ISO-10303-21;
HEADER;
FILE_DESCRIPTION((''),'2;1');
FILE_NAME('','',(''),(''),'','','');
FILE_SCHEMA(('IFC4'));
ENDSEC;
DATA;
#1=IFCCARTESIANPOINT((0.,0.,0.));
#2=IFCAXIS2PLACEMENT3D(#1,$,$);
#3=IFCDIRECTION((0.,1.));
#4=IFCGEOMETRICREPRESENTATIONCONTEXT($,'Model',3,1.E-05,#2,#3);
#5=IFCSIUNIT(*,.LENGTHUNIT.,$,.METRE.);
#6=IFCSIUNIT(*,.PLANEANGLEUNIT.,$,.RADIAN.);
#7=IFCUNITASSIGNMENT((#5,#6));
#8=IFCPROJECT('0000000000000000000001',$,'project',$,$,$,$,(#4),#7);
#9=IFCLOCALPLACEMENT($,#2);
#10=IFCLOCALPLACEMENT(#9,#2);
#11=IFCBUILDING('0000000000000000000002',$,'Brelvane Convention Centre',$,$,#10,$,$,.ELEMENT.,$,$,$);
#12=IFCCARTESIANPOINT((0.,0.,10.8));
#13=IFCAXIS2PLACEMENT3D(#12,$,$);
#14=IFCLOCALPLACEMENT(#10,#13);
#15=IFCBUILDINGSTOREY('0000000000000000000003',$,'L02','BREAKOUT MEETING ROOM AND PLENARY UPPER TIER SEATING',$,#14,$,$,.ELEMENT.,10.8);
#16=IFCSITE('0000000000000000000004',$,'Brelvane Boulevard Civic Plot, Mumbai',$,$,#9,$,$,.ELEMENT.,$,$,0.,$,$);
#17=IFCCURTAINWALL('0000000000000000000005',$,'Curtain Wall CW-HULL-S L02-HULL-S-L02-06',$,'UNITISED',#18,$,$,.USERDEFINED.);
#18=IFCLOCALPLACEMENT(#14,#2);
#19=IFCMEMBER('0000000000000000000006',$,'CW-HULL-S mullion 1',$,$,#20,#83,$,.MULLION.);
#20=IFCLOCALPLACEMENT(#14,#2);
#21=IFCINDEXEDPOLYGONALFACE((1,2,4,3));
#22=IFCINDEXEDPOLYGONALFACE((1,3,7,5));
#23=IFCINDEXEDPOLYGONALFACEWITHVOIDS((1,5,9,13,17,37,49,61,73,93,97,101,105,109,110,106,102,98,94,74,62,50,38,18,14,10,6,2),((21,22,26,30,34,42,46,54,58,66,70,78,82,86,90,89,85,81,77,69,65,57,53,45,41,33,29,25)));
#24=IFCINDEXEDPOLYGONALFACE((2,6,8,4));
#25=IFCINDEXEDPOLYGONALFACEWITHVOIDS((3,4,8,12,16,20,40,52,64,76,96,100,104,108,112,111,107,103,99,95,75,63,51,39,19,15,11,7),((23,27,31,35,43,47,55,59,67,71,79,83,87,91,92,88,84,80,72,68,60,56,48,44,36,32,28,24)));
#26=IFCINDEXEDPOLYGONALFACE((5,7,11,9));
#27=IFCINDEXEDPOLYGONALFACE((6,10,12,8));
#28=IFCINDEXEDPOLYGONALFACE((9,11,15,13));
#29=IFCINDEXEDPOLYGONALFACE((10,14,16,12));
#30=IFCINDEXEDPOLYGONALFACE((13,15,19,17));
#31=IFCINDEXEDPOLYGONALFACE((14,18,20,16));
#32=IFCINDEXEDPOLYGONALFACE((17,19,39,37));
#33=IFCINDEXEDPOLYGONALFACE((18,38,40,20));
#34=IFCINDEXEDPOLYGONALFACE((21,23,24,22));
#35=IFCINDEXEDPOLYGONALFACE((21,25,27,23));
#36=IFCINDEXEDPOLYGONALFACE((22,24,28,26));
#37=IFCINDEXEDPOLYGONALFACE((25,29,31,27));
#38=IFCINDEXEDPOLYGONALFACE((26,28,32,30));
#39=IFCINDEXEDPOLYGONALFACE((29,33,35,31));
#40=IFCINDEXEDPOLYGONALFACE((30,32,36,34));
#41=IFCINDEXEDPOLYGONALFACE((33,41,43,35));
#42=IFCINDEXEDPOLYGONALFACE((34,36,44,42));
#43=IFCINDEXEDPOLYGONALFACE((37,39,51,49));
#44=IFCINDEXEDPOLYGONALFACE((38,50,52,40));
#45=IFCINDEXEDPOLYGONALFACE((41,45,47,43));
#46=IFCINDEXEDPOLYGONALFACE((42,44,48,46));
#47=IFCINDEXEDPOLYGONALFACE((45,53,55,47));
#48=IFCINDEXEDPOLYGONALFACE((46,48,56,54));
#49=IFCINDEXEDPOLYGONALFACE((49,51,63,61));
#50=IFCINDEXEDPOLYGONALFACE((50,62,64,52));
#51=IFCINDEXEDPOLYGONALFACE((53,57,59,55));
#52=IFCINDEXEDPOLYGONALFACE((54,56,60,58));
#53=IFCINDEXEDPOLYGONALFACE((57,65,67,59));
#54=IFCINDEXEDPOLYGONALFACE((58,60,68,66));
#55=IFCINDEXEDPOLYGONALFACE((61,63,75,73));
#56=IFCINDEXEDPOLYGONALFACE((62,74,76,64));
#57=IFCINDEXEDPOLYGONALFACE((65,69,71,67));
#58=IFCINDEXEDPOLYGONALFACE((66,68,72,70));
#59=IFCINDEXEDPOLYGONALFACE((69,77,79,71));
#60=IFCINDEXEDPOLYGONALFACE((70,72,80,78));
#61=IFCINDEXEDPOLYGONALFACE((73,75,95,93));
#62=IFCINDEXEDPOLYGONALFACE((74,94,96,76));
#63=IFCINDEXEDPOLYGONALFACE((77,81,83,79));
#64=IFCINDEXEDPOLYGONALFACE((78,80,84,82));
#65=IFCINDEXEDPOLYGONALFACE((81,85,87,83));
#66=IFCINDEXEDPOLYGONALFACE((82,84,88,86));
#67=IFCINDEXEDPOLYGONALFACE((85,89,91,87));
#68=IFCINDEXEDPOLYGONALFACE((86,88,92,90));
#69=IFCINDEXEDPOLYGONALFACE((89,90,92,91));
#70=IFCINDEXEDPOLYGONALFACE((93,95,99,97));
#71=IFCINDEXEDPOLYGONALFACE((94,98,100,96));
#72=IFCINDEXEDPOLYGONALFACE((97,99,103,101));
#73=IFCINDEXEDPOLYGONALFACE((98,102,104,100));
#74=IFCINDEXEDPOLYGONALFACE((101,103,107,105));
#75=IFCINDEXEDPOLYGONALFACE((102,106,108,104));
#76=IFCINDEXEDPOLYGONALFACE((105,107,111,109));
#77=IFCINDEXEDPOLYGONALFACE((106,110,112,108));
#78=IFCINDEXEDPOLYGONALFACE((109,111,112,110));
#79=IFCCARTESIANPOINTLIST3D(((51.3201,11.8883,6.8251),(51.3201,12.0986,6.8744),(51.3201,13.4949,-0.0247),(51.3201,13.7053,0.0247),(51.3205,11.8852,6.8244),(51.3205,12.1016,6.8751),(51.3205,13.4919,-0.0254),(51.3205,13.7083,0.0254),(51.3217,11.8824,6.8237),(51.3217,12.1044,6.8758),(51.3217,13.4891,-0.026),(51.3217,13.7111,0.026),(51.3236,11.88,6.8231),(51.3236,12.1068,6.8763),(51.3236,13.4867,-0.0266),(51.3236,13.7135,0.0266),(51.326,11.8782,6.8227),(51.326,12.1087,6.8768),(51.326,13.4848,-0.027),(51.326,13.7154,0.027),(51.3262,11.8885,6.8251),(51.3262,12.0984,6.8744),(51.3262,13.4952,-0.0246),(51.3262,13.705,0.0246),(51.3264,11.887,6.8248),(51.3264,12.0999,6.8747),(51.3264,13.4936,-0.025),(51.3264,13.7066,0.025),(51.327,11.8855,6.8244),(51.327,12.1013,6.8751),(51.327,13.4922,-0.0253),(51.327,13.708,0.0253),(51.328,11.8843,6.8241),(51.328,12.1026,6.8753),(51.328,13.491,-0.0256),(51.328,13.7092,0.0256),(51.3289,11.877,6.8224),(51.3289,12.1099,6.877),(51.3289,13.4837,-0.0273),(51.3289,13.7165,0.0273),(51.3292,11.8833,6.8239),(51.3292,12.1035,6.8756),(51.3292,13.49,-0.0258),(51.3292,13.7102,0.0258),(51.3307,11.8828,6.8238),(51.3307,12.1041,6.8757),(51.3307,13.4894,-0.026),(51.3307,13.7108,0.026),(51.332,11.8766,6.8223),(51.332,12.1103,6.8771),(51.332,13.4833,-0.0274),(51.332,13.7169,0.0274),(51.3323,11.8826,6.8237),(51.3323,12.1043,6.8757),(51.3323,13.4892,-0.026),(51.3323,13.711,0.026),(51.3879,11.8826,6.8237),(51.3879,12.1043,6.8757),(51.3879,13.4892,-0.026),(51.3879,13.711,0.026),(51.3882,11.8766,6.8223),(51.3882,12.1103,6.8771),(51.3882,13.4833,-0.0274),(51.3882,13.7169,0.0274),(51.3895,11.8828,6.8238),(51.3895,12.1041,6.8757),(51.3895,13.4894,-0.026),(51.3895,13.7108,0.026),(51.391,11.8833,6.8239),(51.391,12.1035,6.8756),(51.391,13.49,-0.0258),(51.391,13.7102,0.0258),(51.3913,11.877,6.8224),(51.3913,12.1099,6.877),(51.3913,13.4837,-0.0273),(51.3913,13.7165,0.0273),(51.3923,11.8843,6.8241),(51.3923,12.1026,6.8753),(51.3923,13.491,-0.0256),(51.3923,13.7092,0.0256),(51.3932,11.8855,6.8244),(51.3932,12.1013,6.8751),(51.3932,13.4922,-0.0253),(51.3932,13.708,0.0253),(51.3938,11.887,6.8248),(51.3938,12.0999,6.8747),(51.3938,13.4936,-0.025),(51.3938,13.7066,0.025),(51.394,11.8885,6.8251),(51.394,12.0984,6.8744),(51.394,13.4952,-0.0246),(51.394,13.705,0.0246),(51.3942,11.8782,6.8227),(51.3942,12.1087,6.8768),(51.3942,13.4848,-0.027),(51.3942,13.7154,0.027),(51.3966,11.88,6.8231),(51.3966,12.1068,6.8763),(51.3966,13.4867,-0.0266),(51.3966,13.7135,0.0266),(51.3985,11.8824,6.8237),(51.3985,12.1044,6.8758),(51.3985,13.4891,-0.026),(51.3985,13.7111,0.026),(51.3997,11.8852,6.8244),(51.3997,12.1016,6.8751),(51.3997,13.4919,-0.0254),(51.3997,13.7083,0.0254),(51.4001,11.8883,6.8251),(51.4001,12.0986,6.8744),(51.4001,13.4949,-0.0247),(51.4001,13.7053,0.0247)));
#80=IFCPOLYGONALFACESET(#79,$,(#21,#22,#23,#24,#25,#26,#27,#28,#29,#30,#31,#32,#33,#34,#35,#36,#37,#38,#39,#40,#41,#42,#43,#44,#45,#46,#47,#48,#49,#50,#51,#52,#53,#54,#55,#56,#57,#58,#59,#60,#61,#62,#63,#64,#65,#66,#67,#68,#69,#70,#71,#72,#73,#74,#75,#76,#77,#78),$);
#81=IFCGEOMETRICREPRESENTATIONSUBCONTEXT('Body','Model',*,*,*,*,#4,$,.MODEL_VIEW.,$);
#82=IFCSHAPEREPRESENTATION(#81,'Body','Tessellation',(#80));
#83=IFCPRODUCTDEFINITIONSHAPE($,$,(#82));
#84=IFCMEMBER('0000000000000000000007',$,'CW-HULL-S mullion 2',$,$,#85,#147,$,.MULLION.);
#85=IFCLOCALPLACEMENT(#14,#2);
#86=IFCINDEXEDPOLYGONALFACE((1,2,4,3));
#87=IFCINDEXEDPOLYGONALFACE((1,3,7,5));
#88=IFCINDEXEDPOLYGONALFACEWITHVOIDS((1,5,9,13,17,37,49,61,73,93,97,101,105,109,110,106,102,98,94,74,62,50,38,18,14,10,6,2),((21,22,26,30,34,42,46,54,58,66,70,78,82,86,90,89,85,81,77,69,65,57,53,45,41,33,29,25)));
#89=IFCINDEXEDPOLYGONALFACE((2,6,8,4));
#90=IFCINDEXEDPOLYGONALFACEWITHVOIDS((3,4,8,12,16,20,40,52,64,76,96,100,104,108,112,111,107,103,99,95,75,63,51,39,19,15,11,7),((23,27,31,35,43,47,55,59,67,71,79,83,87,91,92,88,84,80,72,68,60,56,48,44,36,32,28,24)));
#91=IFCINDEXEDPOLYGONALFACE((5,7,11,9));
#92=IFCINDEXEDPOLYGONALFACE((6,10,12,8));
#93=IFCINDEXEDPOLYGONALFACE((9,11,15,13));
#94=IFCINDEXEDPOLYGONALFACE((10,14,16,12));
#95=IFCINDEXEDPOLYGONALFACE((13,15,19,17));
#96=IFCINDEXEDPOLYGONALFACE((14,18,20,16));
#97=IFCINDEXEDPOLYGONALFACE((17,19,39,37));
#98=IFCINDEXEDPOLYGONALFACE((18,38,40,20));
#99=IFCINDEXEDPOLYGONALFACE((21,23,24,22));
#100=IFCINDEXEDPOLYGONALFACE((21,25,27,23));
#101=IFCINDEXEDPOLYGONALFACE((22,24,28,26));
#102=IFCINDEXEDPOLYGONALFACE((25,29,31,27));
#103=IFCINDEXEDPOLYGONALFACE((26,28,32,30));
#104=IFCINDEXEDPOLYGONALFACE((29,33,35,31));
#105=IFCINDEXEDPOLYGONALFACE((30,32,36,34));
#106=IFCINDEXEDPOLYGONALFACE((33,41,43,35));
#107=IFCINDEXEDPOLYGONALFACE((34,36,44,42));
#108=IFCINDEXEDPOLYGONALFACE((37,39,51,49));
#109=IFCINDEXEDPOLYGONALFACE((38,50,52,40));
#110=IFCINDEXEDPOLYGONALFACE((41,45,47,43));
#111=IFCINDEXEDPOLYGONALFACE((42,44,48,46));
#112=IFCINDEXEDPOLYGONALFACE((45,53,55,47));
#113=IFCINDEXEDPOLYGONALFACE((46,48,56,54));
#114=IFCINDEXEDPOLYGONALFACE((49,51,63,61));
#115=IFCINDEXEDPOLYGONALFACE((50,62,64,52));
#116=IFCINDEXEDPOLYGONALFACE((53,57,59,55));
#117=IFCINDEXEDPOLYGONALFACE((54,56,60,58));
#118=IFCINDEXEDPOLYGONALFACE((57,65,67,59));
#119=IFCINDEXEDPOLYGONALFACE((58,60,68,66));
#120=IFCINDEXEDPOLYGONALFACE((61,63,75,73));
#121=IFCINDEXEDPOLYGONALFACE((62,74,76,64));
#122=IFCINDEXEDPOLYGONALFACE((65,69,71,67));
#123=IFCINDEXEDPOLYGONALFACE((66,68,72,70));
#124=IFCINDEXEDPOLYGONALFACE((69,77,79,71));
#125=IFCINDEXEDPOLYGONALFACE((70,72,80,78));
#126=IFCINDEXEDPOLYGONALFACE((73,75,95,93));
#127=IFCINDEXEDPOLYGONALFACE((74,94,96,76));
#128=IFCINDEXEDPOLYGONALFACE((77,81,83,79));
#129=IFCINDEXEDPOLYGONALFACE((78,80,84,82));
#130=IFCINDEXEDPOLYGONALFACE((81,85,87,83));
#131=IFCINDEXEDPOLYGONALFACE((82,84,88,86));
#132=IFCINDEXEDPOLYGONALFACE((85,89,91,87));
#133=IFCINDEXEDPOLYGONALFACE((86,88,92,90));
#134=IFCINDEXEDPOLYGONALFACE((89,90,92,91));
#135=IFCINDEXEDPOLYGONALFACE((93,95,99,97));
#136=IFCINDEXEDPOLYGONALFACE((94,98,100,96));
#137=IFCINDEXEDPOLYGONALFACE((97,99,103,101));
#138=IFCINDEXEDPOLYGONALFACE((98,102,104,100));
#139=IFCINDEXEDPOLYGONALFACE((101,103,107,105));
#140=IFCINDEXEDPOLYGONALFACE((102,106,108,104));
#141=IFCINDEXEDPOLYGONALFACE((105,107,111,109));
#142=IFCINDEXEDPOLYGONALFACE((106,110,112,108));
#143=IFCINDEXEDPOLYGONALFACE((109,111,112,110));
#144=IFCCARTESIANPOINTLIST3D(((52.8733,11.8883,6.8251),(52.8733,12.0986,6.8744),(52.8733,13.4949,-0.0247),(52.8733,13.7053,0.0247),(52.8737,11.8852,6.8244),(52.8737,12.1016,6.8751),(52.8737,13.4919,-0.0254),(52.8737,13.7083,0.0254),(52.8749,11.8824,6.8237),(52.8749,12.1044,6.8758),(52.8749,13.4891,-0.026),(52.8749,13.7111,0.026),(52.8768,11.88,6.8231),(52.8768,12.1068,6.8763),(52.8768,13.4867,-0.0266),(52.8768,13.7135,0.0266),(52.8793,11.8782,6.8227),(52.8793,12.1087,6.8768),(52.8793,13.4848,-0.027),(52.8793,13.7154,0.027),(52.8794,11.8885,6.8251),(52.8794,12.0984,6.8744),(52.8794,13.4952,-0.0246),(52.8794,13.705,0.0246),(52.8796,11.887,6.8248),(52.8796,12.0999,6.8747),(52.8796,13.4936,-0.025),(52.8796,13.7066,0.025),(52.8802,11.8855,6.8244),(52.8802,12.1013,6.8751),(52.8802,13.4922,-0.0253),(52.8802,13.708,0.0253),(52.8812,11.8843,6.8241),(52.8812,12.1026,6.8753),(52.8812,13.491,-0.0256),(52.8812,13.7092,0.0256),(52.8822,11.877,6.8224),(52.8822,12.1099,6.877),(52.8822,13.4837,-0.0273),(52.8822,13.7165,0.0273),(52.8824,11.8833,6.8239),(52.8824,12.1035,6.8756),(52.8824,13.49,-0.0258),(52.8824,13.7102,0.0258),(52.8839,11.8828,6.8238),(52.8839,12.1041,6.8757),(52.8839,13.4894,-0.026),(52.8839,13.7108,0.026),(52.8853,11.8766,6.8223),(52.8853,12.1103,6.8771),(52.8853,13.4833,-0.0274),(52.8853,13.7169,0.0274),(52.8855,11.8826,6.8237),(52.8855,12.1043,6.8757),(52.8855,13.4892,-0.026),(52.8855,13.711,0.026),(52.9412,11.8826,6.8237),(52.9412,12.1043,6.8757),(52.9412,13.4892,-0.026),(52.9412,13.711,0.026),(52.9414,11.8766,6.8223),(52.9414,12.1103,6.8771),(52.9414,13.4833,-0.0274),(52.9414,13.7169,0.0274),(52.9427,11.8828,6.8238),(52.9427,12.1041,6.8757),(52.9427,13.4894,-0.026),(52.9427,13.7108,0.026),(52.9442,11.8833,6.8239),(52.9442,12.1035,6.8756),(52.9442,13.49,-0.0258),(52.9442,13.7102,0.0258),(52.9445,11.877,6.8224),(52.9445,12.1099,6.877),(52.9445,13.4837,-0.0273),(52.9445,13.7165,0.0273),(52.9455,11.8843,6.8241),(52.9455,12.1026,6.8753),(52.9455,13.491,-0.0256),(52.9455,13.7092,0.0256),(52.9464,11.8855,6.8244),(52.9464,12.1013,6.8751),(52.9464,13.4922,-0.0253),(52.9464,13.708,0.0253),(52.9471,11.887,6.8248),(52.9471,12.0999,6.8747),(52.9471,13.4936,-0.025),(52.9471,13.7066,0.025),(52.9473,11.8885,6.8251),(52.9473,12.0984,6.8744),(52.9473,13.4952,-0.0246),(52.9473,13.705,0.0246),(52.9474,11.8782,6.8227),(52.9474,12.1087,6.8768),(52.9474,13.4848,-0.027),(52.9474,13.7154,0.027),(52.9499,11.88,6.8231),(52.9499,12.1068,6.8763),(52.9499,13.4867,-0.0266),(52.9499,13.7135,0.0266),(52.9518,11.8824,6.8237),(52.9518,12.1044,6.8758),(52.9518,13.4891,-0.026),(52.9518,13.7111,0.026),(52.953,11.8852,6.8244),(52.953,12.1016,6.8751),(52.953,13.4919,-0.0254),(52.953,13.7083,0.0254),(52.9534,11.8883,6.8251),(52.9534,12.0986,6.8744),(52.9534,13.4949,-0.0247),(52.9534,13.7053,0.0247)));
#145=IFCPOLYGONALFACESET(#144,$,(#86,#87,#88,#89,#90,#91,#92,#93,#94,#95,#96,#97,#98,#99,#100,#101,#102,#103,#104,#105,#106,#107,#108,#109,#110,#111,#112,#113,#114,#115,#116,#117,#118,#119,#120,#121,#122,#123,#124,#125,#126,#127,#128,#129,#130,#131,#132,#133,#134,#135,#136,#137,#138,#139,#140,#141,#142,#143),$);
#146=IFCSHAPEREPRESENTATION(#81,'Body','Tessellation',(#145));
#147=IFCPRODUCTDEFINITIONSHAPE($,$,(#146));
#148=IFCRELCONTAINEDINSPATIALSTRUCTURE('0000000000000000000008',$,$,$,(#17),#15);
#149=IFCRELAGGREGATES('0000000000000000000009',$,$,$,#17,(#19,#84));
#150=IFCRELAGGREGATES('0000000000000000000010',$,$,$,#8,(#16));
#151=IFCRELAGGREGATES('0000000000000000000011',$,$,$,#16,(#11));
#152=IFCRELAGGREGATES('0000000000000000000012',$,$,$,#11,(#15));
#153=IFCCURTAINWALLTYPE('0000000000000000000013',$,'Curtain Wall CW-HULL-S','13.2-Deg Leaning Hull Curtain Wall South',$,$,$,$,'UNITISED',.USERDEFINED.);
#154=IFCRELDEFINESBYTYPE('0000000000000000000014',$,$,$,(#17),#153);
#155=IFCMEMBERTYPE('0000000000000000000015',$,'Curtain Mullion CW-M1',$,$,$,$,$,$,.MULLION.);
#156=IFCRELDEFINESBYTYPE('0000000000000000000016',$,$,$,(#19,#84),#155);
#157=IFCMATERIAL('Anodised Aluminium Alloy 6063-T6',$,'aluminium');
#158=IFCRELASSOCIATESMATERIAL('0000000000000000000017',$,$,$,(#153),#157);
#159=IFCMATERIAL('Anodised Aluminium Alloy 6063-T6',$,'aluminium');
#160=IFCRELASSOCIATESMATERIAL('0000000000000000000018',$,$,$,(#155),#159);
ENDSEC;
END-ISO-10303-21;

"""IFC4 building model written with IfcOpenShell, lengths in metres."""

from ifc_helpers import new_model, si_unit, direction, frame, origin, origin_2d, place, context, subcontext, project, spatial, hollow_rectangle, extrude, material, material_profile, profile_set, type_object, element, aggregate, save


model = new_model("IFC4")

# Units and contexts
model_context = context("Model", 3, precision=1e-05, world=origin(), true_north=direction((0.0, 1.0)))
body_context = subcontext(model_context, "Body", "Model", "MODEL_VIEW")
ifc_project = project(units=[si_unit("LENGTHUNIT", "METRE"), si_unit("PLANEANGLEUNIT", "RADIAN")], contexts=[model_context])

# Site, building, storey
site_placement = place(None, origin())
site = spatial("IfcSite", under=ifc_project, at=site_placement, Name="Brelvane Boulevard Civic Plot, Mumbai", CompositionType="ELEMENT", RefElevation=0.0)
building_placement = place(site_placement, origin())
building = spatial("IfcBuilding", under=site, at=building_placement, Name="Brelvane Convention Centre", CompositionType="ELEMENT")
storey_placement = place(building_placement, frame((0.0, 0.0, 10.8)))
storey = spatial("IfcBuildingStorey", under=building, at=storey_placement, Name="L02", Description="BREAKOUT MEETING ROOM AND PLENARY UPPER TIER SEATING", CompositionType="ELEMENT", Elevation=10.8)

# Curtain wall, members
ifc_material_1 = material(Name="Anodised Aluminium Alloy 6063-T6", Category="aluminium")
curtain_wall_type = type_object("IfcCurtainWallType", Name="Curtain Wall CW-HULL-S", Description="13.2-Deg Leaning Hull Curtain Wall South", ElementType="UNITISED", PredefinedType="USERDEFINED", material=ifc_material_1)
curtain_wall_placement = place(storey_placement, origin())
curtain_wall = element("IfcCurtainWall", 1, at=curtain_wall_placement, inside=storey, type_object=curtain_wall_type, Name="Curtain Wall CW-HULL-S L02-HULL-S-L02-06", ObjectType="UNITISED", PredefinedType="USERDEFINED")
ifc_material_2 = material(Name="Anodised Aluminium Alloy 6063-T6", Category="aluminium")
ifc_material_profile_1 = material_profile(ifc_material_2, hollow_rectangle(XDim=0.0801, YDim=0.24, WallThickness=0.0061, InnerFilletRadius=0.0061, OuterFilletRadius=0.012, at=origin_2d()), Name="ALU-M 240x80x6.0")
ifc_profile_set_1 = profile_set([ifc_material_profile_1], Name="Anodised Aluminium Alloy 6063-T6")
member_type_1 = type_object("IfcMemberType", Name="Curtain Mullion CW-M1", PredefinedType="MULLION", material=ifc_profile_set_1)
member_1_placement = place(storey_placement, frame((51.3601, 13.6001, 0.0), z_axis=(0.0, -0.22836, 0.973577), x_axis=(1.0, 0.0, 0.0)))
member_1 = element("IfcMember", 2, at=member_1_placement, type_object=member_type_1, Name="CW-HULL-S mullion 1", PredefinedType="MULLION", context=body_context, shape_type="SweptSolid", body=[
    extrude(hollow_rectangle(XDim=0.0801, YDim=0.24, WallThickness=0.0061, InnerFilletRadius=0.0061, OuterFilletRadius=0.012, at=origin_2d()), origin(), (0.0, 0.0, 1.0), 7.0356),
])
member_2_placement = place(storey_placement, frame((52.9133, 13.6001, 0.0), z_axis=(0.0, -0.22836, 0.973577), x_axis=(1.0, 0.0, 0.0)))
member_2 = element("IfcMember", 3, at=member_2_placement, type_object=member_type_1, Name="CW-HULL-S mullion 2", PredefinedType="MULLION", context=body_context, shape_type="SweptSolid", body=[
    extrude(hollow_rectangle(XDim=0.0801, YDim=0.24, WallThickness=0.0061, InnerFilletRadius=0.0061, OuterFilletRadius=0.012, at=origin_2d()), origin(), (0.0, 0.0, 1.0), 7.0356),
])

aggregate(curtain_wall, [member_1, member_2])

save(model, "model.ifc")
